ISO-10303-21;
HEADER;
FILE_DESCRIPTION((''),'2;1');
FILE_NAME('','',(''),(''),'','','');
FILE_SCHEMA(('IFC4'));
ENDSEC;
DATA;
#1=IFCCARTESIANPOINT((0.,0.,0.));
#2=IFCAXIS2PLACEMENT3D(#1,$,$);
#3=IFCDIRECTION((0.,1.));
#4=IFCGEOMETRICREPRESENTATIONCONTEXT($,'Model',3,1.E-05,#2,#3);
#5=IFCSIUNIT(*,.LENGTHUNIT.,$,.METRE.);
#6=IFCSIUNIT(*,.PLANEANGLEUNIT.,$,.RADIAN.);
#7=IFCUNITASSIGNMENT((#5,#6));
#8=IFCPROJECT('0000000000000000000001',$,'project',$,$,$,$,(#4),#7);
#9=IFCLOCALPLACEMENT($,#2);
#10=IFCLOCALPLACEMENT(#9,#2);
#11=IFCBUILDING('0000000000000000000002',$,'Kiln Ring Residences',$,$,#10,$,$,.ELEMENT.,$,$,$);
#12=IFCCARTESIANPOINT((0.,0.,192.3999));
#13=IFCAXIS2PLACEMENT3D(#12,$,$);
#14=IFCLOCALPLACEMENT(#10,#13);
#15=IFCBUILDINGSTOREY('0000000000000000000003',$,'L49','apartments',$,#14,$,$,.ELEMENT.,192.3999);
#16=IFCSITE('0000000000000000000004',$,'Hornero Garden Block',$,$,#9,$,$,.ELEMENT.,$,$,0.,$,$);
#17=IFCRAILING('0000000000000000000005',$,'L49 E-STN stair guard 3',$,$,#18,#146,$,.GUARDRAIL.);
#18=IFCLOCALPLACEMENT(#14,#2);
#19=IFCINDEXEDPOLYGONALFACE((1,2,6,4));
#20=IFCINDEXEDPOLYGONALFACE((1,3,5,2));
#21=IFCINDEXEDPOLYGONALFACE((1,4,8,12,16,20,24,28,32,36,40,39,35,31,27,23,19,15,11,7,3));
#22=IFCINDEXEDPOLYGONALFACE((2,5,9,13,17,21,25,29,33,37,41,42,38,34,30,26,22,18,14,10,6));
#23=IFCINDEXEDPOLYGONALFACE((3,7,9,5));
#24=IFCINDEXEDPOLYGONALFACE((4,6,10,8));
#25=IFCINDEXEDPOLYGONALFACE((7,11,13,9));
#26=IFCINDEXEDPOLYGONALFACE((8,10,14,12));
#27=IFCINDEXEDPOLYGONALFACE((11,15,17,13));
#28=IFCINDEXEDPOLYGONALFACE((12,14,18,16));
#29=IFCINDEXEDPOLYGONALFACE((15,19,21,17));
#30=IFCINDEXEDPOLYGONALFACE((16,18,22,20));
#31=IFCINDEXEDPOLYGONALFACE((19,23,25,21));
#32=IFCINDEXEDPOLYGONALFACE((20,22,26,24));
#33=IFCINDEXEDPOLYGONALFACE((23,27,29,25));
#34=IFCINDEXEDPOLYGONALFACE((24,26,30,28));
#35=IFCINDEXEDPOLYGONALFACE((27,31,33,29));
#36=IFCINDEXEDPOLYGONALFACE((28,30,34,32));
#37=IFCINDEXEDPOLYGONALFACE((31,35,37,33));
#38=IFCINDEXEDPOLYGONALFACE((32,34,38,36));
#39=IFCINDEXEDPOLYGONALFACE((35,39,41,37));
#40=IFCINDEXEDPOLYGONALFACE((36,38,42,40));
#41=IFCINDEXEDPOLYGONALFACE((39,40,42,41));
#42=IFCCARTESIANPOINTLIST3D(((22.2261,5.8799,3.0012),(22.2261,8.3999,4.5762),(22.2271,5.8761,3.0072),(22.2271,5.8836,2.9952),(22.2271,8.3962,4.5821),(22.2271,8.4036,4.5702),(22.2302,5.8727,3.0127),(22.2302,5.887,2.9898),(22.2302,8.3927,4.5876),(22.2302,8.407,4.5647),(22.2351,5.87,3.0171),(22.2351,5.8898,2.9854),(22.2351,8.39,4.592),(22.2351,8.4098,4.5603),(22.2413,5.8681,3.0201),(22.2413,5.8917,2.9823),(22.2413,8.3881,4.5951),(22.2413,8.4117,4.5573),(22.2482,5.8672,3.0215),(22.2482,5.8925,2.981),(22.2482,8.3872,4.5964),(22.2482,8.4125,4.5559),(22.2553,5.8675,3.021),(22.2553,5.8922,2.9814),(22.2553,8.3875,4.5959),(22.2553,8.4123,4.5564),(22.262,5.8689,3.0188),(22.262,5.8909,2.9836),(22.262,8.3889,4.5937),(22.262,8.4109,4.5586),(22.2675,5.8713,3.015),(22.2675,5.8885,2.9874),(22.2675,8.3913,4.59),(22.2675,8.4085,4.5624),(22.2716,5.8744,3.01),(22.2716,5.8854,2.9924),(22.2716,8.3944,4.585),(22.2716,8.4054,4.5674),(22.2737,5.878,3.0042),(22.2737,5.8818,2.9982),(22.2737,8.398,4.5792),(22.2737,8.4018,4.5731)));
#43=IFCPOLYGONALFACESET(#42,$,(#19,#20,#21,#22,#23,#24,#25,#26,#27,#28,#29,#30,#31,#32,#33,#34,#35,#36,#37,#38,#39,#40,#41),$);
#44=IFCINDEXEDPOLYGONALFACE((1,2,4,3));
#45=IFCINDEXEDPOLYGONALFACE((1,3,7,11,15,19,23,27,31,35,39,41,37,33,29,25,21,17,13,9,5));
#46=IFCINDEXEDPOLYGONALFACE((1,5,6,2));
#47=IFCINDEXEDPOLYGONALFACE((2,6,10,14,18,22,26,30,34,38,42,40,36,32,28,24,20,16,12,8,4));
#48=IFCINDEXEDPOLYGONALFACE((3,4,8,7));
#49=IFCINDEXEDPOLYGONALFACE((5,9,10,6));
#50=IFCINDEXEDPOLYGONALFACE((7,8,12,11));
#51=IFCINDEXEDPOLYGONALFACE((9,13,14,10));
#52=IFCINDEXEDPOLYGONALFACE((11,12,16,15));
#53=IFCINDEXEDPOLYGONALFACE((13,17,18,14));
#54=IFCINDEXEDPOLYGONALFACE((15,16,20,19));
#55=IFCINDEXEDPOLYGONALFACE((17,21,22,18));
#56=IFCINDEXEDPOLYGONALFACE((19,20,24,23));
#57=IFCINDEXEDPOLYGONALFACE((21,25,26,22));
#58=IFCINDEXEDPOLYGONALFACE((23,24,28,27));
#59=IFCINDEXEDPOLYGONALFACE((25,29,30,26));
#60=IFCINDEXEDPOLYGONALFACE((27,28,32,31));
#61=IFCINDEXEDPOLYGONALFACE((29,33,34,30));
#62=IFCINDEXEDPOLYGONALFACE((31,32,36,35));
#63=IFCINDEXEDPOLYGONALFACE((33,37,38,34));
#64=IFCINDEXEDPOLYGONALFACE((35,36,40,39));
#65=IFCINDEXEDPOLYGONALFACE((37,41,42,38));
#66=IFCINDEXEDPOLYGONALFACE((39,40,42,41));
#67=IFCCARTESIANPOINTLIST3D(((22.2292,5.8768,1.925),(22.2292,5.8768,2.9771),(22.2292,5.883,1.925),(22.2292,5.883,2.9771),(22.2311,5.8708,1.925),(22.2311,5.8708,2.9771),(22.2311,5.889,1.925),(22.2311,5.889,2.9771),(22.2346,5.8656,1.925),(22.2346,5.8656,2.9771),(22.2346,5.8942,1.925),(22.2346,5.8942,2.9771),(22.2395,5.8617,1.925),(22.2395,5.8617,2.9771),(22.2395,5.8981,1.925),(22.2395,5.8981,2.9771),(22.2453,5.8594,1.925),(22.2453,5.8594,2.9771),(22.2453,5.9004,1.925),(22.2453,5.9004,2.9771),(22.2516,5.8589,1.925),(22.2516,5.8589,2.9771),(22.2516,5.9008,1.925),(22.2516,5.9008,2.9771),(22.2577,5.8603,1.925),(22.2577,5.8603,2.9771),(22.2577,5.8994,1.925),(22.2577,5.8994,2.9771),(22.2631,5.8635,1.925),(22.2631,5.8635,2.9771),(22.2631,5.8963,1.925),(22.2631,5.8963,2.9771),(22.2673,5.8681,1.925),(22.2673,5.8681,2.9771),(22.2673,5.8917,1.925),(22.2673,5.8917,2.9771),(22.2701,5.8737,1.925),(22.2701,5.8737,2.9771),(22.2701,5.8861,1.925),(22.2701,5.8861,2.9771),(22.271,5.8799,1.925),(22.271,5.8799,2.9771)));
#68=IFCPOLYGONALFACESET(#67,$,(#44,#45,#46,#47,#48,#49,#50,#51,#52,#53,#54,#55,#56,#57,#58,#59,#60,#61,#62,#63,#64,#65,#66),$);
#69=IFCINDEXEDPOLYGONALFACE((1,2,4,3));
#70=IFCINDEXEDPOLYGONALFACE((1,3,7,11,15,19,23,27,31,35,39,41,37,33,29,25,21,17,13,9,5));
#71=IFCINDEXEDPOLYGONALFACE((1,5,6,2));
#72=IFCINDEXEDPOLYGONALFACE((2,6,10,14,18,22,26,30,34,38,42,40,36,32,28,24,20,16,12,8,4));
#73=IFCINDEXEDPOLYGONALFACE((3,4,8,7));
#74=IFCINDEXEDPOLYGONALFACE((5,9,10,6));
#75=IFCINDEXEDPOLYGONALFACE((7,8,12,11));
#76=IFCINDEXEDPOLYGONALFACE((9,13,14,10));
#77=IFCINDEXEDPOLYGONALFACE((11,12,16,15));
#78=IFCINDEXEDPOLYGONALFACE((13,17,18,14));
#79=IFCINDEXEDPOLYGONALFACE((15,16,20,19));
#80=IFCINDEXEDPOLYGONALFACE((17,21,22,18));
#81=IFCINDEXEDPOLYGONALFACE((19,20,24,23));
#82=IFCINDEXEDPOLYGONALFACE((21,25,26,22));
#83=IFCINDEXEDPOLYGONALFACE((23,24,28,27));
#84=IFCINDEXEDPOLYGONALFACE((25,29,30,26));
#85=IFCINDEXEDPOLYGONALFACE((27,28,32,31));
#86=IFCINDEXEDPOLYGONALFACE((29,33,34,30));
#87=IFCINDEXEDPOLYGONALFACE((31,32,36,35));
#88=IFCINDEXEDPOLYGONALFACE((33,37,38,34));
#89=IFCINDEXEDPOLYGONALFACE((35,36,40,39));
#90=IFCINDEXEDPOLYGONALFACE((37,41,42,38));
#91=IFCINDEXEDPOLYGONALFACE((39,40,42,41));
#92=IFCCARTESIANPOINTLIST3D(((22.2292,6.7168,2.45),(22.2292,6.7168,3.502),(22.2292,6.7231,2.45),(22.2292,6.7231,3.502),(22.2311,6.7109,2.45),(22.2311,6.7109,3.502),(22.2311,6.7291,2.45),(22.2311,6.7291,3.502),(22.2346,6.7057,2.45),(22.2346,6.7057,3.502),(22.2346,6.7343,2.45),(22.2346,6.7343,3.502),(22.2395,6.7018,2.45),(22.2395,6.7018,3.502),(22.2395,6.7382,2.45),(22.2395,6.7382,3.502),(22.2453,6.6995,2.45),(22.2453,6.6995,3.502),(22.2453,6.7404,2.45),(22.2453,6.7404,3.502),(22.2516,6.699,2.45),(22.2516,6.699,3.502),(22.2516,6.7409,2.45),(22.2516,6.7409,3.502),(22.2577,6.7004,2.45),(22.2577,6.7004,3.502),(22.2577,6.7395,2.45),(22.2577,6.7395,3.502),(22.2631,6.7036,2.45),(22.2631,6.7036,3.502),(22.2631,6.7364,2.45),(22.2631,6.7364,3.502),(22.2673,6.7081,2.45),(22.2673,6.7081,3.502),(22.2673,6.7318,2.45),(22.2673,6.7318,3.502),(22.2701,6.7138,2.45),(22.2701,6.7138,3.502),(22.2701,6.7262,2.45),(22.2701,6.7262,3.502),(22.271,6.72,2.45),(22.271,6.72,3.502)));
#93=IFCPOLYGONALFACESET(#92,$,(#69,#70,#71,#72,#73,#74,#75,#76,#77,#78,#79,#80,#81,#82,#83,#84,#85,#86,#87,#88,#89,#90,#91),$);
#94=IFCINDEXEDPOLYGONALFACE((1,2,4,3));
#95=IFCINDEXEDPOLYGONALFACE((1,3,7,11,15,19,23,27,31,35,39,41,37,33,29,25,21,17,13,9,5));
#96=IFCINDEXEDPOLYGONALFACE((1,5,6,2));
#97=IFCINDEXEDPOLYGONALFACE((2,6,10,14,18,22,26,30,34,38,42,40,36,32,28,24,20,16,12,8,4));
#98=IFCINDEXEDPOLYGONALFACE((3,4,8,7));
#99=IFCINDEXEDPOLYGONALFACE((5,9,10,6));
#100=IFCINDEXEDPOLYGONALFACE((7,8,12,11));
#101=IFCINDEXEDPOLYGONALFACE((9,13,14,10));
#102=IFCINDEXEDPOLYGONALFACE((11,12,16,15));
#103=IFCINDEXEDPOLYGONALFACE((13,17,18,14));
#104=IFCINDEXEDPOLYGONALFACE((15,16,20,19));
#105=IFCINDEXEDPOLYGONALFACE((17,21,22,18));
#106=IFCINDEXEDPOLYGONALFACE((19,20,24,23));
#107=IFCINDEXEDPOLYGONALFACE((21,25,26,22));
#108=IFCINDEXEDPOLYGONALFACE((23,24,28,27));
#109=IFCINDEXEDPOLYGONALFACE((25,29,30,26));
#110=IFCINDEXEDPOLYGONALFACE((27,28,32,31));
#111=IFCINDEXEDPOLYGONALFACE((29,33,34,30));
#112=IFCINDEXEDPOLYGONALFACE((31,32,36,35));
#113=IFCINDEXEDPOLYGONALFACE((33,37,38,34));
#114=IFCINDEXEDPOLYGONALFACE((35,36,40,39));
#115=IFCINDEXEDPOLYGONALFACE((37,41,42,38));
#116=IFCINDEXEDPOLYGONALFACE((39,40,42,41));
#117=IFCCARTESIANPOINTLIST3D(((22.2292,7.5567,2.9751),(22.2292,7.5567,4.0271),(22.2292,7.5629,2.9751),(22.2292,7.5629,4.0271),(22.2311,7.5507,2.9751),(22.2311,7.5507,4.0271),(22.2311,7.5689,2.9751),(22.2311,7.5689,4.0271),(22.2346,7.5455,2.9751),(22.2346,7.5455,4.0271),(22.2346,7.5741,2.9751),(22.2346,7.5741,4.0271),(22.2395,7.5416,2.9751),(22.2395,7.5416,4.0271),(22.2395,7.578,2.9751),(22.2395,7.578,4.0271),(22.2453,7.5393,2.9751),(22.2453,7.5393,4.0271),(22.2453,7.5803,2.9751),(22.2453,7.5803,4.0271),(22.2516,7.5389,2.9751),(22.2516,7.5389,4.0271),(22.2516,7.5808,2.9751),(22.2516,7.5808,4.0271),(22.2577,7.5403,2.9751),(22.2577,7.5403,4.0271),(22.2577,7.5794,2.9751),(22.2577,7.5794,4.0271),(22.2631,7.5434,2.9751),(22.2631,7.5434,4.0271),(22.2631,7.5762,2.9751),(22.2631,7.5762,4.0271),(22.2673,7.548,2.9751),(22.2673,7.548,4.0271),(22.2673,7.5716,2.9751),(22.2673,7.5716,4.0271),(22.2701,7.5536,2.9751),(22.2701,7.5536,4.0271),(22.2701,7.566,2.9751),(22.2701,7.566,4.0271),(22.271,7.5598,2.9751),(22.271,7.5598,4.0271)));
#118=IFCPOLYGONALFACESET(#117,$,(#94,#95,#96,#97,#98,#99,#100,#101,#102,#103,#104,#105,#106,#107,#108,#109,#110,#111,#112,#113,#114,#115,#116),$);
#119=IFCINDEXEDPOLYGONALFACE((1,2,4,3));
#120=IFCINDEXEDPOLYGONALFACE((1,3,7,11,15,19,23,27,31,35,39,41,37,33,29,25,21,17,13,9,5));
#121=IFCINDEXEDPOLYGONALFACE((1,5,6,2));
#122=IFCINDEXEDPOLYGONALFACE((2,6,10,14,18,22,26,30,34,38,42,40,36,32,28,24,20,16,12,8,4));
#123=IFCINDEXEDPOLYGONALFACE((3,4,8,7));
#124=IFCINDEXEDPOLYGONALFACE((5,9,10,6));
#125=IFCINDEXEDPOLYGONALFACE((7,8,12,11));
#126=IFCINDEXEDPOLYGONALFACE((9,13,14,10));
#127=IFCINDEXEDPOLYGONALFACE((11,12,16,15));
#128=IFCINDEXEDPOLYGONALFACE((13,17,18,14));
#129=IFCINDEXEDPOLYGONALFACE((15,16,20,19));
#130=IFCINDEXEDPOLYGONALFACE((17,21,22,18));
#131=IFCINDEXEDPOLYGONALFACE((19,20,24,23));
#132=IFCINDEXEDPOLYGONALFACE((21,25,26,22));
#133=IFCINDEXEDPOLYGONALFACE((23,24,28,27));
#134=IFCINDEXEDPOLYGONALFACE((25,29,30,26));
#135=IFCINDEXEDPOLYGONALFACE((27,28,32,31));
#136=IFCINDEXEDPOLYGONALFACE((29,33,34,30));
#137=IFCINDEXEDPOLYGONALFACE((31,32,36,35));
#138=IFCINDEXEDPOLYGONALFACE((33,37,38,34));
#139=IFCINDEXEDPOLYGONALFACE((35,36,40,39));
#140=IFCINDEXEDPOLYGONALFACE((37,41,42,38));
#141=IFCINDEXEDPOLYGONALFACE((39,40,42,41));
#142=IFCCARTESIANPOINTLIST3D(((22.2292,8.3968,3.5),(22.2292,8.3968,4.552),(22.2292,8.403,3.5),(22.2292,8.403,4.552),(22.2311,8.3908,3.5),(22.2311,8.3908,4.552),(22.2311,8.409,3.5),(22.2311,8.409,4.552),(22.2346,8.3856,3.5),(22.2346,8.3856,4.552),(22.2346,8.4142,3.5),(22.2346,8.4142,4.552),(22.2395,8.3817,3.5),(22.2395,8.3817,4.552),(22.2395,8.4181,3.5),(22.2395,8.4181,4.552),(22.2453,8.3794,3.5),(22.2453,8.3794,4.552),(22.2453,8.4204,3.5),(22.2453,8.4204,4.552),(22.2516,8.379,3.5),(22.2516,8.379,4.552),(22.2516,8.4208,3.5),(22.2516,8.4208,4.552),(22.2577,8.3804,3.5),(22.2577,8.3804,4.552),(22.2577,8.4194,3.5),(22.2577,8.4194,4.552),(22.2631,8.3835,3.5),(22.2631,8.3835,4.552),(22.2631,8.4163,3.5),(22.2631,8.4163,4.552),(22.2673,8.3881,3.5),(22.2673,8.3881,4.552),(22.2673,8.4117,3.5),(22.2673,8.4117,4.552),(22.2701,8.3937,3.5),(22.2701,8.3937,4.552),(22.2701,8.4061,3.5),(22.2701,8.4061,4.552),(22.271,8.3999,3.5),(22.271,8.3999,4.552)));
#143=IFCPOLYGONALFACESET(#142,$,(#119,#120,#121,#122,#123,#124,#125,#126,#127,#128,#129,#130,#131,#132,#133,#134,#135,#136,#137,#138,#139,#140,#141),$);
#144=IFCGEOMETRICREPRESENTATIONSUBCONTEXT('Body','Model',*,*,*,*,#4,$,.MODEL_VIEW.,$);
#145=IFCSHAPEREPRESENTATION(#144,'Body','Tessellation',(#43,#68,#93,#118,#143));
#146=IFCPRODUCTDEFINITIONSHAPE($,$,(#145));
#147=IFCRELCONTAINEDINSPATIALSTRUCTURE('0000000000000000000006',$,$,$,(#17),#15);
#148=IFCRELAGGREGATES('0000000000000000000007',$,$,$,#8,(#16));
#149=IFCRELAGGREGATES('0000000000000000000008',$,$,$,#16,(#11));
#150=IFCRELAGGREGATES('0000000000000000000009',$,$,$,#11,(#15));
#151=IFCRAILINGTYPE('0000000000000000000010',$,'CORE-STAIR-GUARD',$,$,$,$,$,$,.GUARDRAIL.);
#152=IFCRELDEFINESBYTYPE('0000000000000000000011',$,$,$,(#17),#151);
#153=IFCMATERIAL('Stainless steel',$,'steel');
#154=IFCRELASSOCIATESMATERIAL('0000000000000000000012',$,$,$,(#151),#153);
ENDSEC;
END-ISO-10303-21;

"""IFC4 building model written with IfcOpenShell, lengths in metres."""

from ifc_helpers import new_model, si_unit, direction, frame, origin, origin_2d, place, context, subcontext, project, spatial, circle, extrude, material, type_object, element, save


model = new_model("IFC4")

# Units and contexts
model_context = context("Model", 3, precision=1e-05, world=origin(), true_north=direction((0.0, 1.0)))
body_context = subcontext(model_context, "Body", "Model", "MODEL_VIEW")
ifc_project = project(units=[si_unit("LENGTHUNIT", "METRE"), si_unit("PLANEANGLEUNIT", "RADIAN")], contexts=[model_context])

# Site, building, storey
site_placement = place(None, origin())
site = spatial("IfcSite", under=ifc_project, at=site_placement, Name="Hornero Garden Block", CompositionType="ELEMENT", RefElevation=0.0)
building_placement = place(site_placement, origin())
building = spatial("IfcBuilding", under=site, at=building_placement, Name="Kiln Ring Residences", CompositionType="ELEMENT")
storey_placement = place(building_placement, frame((0.0, 0.0, 192.3999)))
storey = spatial("IfcBuildingStorey", under=building, at=storey_placement, Name="L49", Description="apartments", CompositionType="ELEMENT", Elevation=192.3999)

# Railing
ifc_material_1 = material(Name="Stainless steel", Category="steel")
railing_type_1 = type_object("IfcRailingType", Name="CORE-STAIR-GUARD", PredefinedType="GUARDRAIL", material=ifc_material_1)
railing_1_placement = place(storey_placement, frame((22.25, 5.8799, 1.925)))
element("IfcRailing", 1, at=railing_1_placement, inside=storey, type_object=railing_type_1, Name="L49 E-STN stair guard 3", PredefinedType="GUARDRAIL", context=body_context, shape_type="SweptSolid", body=[
    extrude(circle(Radius=0.0239, at=origin_2d()), frame((0.0, 0.0, 1.0762), z_axis=(0.0, 0.848008, 0.529984), x_axis=(-1.0, 0.0, 0.0)), (0.0, 0.0, 1.0), 2.9717),
    extrude(circle(Radius=0.021, at=origin_2d()), origin(), (0.0, 0.0, 1.0), 1.052),
    extrude(circle(Radius=0.021, at=origin_2d()), frame((0.0, 0.8401, 0.5249)), (0.0, 0.0, 1.0), 1.052),
    extrude(circle(Radius=0.021, at=origin_2d()), frame((0.0, 1.6799, 1.05)), (0.0, 0.0, 1.0), 1.052),
    extrude(circle(Radius=0.021, at=origin_2d()), frame((0.0, 2.52, 1.575)), (0.0, 0.0, 1.0), 1.052),
])

save(model, "model.ifc")
